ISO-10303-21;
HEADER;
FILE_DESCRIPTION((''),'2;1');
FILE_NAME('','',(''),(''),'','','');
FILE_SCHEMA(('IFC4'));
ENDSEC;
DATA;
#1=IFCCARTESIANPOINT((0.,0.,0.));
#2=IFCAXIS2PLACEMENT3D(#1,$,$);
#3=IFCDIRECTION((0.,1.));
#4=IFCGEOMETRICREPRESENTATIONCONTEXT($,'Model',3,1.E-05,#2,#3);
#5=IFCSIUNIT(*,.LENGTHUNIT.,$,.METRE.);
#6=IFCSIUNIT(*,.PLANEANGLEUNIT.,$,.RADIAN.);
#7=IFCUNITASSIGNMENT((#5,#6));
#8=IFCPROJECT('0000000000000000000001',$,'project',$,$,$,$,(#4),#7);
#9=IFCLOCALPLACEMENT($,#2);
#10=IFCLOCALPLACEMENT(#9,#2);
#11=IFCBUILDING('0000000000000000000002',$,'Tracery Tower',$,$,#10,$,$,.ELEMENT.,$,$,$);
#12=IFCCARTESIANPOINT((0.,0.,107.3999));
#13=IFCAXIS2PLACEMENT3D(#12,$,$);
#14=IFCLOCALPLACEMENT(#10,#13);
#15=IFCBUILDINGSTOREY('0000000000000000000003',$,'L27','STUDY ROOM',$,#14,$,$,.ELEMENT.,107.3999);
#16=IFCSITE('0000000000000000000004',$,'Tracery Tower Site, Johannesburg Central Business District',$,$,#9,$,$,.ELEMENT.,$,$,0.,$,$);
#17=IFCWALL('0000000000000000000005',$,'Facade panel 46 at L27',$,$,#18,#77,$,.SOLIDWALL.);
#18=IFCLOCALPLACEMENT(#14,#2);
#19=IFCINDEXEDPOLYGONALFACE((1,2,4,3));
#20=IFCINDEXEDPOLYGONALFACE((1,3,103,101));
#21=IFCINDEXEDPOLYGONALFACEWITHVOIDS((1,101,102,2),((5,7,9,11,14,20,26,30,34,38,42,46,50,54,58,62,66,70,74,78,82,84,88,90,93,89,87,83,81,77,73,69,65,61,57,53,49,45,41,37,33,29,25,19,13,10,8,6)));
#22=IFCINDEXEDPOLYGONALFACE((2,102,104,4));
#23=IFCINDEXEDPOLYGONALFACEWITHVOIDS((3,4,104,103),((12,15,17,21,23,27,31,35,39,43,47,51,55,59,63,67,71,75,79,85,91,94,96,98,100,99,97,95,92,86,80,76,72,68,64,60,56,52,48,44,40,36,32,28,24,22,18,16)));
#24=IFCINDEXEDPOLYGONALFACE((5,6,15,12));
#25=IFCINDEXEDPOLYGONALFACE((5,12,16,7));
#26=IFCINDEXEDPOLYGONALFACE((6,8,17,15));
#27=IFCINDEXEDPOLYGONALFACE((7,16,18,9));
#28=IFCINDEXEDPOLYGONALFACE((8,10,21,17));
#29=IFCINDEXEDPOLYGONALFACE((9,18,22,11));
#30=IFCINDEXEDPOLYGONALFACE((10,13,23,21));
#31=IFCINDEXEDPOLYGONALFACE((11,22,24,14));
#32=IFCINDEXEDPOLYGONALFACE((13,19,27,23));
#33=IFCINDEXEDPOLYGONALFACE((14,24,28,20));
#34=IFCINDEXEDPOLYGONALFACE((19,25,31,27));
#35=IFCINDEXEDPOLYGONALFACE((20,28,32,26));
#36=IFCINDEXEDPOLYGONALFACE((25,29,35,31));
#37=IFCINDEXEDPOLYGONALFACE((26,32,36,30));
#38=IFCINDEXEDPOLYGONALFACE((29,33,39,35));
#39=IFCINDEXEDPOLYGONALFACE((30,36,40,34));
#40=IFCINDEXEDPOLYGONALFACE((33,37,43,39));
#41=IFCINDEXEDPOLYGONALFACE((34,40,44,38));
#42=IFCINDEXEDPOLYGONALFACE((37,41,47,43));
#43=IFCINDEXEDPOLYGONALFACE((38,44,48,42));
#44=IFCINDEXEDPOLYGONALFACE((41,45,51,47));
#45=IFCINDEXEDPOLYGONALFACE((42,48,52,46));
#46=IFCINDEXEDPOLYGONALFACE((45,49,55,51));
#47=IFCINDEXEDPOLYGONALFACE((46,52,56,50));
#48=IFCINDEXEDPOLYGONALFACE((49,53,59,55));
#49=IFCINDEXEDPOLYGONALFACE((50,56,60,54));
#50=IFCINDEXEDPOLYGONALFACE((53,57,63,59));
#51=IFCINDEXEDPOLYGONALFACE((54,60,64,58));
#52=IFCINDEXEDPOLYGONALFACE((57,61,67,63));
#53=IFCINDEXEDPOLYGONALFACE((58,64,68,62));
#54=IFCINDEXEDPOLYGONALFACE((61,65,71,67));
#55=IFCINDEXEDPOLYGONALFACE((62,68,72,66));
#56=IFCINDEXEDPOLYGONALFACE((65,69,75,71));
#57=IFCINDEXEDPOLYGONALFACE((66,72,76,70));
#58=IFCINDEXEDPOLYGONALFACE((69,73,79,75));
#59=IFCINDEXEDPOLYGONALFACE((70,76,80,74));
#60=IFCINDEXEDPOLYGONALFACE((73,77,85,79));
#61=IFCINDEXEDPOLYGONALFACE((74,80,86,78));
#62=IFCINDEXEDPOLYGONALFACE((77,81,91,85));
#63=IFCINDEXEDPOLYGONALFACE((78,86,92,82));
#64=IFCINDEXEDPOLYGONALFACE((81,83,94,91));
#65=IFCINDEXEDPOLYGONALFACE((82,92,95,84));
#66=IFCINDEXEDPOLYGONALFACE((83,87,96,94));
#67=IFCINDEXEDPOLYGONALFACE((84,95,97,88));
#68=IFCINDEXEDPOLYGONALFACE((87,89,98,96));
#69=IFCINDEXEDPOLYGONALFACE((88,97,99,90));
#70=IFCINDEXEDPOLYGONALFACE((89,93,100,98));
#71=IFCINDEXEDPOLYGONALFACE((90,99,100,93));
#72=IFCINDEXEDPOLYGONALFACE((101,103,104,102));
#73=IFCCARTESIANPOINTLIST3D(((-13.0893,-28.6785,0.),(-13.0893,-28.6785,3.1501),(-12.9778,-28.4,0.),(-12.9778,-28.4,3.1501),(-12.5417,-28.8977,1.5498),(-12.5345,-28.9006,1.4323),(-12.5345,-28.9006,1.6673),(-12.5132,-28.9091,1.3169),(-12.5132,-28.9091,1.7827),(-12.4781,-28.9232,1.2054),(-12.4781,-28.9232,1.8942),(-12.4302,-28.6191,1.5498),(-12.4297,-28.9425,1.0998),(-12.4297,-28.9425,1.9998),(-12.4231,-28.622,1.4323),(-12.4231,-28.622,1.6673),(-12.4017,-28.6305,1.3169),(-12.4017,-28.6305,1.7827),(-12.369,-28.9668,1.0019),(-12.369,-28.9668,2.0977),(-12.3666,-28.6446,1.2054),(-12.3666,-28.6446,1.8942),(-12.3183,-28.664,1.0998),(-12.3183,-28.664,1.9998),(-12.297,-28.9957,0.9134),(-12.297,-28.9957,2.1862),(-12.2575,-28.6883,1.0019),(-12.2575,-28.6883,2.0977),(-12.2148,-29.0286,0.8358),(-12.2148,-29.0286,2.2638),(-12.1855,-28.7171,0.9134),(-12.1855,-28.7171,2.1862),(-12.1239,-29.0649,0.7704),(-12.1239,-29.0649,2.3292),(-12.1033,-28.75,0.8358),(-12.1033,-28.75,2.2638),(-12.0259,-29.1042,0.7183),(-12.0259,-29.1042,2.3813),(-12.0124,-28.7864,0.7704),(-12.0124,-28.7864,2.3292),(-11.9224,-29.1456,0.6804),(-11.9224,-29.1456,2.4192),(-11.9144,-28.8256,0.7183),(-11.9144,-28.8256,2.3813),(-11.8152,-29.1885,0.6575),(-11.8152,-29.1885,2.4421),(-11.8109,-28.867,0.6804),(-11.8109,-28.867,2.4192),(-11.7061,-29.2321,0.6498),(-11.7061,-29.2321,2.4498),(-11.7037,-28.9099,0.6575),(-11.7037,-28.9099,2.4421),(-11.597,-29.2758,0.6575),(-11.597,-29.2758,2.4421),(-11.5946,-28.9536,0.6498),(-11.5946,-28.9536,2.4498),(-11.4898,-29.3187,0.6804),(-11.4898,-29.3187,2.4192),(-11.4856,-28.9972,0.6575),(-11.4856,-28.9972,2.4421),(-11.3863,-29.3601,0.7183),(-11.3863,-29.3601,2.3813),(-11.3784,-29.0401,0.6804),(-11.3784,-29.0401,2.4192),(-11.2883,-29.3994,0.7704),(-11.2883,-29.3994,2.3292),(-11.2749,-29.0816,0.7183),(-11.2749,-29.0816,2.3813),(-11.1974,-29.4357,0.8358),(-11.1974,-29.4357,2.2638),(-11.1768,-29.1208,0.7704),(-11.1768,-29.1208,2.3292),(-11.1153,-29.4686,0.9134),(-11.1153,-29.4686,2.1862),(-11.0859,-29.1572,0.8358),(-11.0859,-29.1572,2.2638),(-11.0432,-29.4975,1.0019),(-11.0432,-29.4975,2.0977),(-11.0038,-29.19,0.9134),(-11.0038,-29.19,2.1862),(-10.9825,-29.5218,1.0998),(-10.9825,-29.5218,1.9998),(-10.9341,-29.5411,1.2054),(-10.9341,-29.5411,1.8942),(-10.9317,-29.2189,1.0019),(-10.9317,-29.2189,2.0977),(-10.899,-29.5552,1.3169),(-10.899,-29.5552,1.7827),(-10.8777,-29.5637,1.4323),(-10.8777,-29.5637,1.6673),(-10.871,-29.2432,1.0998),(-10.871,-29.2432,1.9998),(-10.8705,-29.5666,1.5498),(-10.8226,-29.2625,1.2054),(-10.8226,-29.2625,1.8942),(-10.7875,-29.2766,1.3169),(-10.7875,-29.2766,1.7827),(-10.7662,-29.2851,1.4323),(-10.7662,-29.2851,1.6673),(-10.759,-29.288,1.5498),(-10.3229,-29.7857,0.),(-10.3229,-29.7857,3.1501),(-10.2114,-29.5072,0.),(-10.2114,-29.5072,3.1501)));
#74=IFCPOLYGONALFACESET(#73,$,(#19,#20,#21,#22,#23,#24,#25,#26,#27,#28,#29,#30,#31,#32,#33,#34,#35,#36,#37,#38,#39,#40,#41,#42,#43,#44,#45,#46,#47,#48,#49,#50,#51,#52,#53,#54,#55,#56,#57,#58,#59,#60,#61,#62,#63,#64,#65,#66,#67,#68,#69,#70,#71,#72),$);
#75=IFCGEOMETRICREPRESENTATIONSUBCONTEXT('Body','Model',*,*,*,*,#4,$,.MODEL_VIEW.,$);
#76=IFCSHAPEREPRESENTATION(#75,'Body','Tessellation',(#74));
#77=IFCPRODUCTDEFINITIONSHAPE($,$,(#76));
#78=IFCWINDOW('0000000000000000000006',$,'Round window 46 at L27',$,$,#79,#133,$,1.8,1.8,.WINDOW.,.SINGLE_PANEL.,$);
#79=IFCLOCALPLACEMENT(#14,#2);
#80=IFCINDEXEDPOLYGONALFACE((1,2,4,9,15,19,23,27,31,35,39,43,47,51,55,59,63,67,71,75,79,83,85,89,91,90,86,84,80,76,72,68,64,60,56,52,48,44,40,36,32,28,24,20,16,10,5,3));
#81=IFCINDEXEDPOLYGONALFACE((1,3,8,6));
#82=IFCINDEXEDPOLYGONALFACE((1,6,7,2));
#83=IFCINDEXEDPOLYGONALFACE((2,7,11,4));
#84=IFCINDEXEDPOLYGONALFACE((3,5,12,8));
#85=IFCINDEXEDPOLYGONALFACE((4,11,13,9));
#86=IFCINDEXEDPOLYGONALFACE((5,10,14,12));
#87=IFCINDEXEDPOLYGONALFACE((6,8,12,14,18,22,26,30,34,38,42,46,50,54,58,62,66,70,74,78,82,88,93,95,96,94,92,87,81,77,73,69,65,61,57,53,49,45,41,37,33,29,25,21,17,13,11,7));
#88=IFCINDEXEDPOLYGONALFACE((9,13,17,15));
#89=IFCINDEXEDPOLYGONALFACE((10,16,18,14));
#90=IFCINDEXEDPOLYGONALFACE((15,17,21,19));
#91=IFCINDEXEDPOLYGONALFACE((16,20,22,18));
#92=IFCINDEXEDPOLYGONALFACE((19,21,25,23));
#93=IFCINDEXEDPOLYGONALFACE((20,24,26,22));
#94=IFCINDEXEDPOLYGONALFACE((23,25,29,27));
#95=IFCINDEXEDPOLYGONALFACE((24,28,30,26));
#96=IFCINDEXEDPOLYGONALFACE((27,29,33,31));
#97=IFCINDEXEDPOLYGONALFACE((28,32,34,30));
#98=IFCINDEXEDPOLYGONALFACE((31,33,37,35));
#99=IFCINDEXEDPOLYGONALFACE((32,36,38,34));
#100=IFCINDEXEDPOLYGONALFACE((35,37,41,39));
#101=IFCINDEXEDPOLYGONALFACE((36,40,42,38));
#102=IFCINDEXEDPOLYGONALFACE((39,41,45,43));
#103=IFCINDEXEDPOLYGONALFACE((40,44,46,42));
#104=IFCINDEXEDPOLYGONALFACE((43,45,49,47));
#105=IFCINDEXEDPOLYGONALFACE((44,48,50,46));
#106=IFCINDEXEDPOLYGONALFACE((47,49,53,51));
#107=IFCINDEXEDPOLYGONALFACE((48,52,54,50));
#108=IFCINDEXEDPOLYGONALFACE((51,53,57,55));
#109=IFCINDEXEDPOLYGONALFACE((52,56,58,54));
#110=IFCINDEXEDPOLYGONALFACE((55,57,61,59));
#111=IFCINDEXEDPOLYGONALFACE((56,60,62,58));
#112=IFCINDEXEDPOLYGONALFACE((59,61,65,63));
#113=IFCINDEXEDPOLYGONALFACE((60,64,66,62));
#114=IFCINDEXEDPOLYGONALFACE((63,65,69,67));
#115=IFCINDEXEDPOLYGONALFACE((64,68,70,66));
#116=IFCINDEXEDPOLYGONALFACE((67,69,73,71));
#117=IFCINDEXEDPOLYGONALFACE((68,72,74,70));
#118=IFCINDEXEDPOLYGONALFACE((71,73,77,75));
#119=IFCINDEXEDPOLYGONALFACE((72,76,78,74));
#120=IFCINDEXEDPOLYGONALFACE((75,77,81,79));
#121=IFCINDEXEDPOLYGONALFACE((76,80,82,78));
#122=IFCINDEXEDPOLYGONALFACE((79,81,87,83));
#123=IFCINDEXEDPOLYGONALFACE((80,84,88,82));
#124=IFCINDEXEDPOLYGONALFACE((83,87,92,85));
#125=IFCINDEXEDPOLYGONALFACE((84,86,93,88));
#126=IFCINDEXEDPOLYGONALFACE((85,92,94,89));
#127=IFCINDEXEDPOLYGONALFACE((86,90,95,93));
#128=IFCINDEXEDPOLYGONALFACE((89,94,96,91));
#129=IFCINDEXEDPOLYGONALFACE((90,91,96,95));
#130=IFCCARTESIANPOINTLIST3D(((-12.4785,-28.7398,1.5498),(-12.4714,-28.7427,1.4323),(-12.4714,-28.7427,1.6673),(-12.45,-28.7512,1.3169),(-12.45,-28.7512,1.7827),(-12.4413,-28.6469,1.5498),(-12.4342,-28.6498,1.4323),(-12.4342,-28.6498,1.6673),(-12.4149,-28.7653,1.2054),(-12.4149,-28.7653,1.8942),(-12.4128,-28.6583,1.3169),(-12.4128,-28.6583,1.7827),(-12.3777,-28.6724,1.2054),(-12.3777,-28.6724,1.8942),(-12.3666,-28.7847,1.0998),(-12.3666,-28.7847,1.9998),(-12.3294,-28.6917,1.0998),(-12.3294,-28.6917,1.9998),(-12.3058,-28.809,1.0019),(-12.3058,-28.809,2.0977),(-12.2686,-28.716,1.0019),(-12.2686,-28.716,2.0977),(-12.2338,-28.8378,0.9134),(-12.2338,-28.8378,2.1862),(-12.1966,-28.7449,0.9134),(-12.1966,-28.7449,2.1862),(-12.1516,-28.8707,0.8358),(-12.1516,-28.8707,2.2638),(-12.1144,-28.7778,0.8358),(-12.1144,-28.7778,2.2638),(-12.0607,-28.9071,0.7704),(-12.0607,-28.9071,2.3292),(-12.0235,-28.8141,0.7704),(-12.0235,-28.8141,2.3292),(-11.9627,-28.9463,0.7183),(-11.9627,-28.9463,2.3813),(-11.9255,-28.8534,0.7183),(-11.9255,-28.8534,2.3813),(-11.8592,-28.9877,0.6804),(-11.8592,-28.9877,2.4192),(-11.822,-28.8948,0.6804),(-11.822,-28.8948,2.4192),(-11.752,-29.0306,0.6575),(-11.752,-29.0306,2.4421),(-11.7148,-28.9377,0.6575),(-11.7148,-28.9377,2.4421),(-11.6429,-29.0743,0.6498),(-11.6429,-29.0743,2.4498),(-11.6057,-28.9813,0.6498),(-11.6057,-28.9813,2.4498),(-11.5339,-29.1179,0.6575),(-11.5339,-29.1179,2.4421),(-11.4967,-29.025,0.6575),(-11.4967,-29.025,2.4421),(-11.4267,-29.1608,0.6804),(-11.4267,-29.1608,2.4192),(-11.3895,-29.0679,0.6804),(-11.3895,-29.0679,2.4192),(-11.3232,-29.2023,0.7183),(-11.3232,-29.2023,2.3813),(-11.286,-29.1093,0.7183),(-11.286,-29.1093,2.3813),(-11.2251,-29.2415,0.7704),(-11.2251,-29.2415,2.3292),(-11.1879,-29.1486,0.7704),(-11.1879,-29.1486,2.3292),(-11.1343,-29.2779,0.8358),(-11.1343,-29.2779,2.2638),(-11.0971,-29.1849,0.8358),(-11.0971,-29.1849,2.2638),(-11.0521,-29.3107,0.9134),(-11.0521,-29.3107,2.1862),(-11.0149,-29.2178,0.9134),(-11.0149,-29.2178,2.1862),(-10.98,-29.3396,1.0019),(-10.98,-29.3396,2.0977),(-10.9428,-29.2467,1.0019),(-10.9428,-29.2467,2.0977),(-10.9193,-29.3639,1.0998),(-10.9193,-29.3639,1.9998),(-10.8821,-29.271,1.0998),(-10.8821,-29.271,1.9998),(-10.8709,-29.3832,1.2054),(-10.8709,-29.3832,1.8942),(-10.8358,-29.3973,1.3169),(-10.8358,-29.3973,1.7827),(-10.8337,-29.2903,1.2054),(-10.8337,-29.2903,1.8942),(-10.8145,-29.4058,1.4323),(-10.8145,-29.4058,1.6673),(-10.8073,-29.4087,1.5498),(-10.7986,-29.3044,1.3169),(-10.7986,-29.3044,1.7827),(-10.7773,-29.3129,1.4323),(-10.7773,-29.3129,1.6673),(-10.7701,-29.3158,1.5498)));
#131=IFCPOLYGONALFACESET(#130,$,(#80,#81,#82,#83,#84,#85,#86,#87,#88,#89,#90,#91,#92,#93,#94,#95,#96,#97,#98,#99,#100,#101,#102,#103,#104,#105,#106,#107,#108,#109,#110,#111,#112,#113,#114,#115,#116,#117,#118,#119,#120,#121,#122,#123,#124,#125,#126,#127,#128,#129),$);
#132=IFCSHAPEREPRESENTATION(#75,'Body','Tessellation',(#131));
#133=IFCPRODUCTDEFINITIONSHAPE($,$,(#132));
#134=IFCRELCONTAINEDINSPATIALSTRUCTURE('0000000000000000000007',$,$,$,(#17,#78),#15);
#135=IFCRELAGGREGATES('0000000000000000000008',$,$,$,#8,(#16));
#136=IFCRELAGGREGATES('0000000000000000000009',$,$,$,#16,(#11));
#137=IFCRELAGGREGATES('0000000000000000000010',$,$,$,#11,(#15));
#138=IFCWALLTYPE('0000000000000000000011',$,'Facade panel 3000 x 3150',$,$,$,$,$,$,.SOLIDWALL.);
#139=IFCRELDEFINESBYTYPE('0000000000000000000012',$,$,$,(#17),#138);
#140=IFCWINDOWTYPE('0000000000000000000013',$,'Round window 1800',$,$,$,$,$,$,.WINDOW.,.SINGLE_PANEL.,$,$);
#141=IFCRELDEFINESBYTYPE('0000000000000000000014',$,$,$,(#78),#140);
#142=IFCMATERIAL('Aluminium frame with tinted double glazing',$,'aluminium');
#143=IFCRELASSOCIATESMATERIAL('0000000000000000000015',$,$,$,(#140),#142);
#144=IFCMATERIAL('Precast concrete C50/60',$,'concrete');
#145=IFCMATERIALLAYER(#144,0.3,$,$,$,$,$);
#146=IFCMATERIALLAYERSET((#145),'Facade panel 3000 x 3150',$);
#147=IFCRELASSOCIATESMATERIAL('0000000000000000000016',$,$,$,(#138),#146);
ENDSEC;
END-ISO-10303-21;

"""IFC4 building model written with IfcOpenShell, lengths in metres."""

from ifc_helpers import new_model, si_unit, direction, frame, frame_2d, origin, origin_2d, place, context, subcontext, project, spatial, rectangle, circle, extrude, material, layer, layer_set, type_object, element, fill, save


model = new_model("IFC4")

# Units and contexts
model_context = context("Model", 3, precision=1e-05, world=origin(), true_north=direction((0.0, 1.0)))
body_context = subcontext(model_context, "Body", "Model", "MODEL_VIEW")
ifc_project = project(units=[si_unit("LENGTHUNIT", "METRE"), si_unit("PLANEANGLEUNIT", "RADIAN")], contexts=[model_context])

# Site, building, storey
site_placement = place(None, origin())
site = spatial("IfcSite", under=ifc_project, at=site_placement, Name="Tracery Tower Site, Johannesburg Central Business District", CompositionType="ELEMENT", RefElevation=0.0)
building_placement = place(site_placement, origin())
building = spatial("IfcBuilding", under=site, at=building_placement, Name="Tracery Tower", CompositionType="ELEMENT")
storey_placement = place(building_placement, frame((0.0, 0.0, 107.3999)))
storey = spatial("IfcBuildingStorey", under=building, at=storey_placement, Name="L27", Description="STUDY ROOM", CompositionType="ELEMENT", Elevation=107.3999)

# Wall, opening, window
ifc_material_1 = material(Name="Aluminium frame with tinted double glazing", Category="aluminium")
window_type = type_object("IfcWindowType", Name="Round window 1800", PartitioningType="SINGLE_PANEL", PredefinedType="WINDOW", material=ifc_material_1)
ifc_material_2 = material(Name="Precast concrete C50/60", Category="concrete")
ifc_layer_1 = layer(ifc_material_2, 0.3)
ifc_layer_set_1 = layer_set([ifc_layer_1], Name="Facade panel 3000 x 3150")
wall_type_1 = type_object("IfcWallType", Name="Facade panel 3000 x 3150", PredefinedType="SOLIDWALL", material=ifc_layer_set_1)
wall_1_placement = place(storey_placement, frame((-13.0334, -28.5393, 0.0), z_axis=(0.0, 0.0, 1.0), x_axis=(0.928403, -0.371574, 0.0)))
wall_1 = element("IfcWall", 1, at=wall_1_placement, inside=storey, type_object=wall_type_1, Name="Facade panel 46 at L27", PredefinedType="SOLIDWALL", context=body_context, shape_type="SweptSolid", body=[
    extrude(rectangle(XDim=2.9797, YDim=0.3, at=frame_2d((1.4897, 0.0))), origin(), (0.0, 0.0, 1.0), 3.1501),
])
opening_1_placement = place(wall_1_placement, frame((1.4897, 0.0, 1.5498)))
opening_1 = element("IfcOpeningElement", 2, at=opening_1_placement, cuts=wall_1, PredefinedType="OPENING", context=body_context, shape_type="SweptSolid", body=[
    extrude(circle(Radius=0.9, at=origin_2d()), frame((0.0, 0.1599, 0.0), z_axis=(0.0, -1.0, 0.0), x_axis=(1.0, 0.0, 0.0)), (0.0, 0.0, 1.0), 0.3201),
])
window_1_placement = place(opening_1_placement, origin())
window_1 = element("IfcWindow", 3, at=window_1_placement, inside=storey, type_object=window_type, Name="Round window 46 at L27", OverallHeight=1.8, OverallWidth=1.8, PartitioningType="SINGLE_PANEL", PredefinedType="WINDOW", context=body_context, shape_type="SweptSolid", body=[
    extrude(circle(Radius=0.9, at=origin_2d()), frame((0.0, 0.1201, 0.0), z_axis=(0.0, -1.0, 0.0), x_axis=(1.0, 0.0, 0.0)), (0.0, 0.0, 1.0), 0.1001),
])
fill(opening_1, window_1)

save(model, "model.ifc")
